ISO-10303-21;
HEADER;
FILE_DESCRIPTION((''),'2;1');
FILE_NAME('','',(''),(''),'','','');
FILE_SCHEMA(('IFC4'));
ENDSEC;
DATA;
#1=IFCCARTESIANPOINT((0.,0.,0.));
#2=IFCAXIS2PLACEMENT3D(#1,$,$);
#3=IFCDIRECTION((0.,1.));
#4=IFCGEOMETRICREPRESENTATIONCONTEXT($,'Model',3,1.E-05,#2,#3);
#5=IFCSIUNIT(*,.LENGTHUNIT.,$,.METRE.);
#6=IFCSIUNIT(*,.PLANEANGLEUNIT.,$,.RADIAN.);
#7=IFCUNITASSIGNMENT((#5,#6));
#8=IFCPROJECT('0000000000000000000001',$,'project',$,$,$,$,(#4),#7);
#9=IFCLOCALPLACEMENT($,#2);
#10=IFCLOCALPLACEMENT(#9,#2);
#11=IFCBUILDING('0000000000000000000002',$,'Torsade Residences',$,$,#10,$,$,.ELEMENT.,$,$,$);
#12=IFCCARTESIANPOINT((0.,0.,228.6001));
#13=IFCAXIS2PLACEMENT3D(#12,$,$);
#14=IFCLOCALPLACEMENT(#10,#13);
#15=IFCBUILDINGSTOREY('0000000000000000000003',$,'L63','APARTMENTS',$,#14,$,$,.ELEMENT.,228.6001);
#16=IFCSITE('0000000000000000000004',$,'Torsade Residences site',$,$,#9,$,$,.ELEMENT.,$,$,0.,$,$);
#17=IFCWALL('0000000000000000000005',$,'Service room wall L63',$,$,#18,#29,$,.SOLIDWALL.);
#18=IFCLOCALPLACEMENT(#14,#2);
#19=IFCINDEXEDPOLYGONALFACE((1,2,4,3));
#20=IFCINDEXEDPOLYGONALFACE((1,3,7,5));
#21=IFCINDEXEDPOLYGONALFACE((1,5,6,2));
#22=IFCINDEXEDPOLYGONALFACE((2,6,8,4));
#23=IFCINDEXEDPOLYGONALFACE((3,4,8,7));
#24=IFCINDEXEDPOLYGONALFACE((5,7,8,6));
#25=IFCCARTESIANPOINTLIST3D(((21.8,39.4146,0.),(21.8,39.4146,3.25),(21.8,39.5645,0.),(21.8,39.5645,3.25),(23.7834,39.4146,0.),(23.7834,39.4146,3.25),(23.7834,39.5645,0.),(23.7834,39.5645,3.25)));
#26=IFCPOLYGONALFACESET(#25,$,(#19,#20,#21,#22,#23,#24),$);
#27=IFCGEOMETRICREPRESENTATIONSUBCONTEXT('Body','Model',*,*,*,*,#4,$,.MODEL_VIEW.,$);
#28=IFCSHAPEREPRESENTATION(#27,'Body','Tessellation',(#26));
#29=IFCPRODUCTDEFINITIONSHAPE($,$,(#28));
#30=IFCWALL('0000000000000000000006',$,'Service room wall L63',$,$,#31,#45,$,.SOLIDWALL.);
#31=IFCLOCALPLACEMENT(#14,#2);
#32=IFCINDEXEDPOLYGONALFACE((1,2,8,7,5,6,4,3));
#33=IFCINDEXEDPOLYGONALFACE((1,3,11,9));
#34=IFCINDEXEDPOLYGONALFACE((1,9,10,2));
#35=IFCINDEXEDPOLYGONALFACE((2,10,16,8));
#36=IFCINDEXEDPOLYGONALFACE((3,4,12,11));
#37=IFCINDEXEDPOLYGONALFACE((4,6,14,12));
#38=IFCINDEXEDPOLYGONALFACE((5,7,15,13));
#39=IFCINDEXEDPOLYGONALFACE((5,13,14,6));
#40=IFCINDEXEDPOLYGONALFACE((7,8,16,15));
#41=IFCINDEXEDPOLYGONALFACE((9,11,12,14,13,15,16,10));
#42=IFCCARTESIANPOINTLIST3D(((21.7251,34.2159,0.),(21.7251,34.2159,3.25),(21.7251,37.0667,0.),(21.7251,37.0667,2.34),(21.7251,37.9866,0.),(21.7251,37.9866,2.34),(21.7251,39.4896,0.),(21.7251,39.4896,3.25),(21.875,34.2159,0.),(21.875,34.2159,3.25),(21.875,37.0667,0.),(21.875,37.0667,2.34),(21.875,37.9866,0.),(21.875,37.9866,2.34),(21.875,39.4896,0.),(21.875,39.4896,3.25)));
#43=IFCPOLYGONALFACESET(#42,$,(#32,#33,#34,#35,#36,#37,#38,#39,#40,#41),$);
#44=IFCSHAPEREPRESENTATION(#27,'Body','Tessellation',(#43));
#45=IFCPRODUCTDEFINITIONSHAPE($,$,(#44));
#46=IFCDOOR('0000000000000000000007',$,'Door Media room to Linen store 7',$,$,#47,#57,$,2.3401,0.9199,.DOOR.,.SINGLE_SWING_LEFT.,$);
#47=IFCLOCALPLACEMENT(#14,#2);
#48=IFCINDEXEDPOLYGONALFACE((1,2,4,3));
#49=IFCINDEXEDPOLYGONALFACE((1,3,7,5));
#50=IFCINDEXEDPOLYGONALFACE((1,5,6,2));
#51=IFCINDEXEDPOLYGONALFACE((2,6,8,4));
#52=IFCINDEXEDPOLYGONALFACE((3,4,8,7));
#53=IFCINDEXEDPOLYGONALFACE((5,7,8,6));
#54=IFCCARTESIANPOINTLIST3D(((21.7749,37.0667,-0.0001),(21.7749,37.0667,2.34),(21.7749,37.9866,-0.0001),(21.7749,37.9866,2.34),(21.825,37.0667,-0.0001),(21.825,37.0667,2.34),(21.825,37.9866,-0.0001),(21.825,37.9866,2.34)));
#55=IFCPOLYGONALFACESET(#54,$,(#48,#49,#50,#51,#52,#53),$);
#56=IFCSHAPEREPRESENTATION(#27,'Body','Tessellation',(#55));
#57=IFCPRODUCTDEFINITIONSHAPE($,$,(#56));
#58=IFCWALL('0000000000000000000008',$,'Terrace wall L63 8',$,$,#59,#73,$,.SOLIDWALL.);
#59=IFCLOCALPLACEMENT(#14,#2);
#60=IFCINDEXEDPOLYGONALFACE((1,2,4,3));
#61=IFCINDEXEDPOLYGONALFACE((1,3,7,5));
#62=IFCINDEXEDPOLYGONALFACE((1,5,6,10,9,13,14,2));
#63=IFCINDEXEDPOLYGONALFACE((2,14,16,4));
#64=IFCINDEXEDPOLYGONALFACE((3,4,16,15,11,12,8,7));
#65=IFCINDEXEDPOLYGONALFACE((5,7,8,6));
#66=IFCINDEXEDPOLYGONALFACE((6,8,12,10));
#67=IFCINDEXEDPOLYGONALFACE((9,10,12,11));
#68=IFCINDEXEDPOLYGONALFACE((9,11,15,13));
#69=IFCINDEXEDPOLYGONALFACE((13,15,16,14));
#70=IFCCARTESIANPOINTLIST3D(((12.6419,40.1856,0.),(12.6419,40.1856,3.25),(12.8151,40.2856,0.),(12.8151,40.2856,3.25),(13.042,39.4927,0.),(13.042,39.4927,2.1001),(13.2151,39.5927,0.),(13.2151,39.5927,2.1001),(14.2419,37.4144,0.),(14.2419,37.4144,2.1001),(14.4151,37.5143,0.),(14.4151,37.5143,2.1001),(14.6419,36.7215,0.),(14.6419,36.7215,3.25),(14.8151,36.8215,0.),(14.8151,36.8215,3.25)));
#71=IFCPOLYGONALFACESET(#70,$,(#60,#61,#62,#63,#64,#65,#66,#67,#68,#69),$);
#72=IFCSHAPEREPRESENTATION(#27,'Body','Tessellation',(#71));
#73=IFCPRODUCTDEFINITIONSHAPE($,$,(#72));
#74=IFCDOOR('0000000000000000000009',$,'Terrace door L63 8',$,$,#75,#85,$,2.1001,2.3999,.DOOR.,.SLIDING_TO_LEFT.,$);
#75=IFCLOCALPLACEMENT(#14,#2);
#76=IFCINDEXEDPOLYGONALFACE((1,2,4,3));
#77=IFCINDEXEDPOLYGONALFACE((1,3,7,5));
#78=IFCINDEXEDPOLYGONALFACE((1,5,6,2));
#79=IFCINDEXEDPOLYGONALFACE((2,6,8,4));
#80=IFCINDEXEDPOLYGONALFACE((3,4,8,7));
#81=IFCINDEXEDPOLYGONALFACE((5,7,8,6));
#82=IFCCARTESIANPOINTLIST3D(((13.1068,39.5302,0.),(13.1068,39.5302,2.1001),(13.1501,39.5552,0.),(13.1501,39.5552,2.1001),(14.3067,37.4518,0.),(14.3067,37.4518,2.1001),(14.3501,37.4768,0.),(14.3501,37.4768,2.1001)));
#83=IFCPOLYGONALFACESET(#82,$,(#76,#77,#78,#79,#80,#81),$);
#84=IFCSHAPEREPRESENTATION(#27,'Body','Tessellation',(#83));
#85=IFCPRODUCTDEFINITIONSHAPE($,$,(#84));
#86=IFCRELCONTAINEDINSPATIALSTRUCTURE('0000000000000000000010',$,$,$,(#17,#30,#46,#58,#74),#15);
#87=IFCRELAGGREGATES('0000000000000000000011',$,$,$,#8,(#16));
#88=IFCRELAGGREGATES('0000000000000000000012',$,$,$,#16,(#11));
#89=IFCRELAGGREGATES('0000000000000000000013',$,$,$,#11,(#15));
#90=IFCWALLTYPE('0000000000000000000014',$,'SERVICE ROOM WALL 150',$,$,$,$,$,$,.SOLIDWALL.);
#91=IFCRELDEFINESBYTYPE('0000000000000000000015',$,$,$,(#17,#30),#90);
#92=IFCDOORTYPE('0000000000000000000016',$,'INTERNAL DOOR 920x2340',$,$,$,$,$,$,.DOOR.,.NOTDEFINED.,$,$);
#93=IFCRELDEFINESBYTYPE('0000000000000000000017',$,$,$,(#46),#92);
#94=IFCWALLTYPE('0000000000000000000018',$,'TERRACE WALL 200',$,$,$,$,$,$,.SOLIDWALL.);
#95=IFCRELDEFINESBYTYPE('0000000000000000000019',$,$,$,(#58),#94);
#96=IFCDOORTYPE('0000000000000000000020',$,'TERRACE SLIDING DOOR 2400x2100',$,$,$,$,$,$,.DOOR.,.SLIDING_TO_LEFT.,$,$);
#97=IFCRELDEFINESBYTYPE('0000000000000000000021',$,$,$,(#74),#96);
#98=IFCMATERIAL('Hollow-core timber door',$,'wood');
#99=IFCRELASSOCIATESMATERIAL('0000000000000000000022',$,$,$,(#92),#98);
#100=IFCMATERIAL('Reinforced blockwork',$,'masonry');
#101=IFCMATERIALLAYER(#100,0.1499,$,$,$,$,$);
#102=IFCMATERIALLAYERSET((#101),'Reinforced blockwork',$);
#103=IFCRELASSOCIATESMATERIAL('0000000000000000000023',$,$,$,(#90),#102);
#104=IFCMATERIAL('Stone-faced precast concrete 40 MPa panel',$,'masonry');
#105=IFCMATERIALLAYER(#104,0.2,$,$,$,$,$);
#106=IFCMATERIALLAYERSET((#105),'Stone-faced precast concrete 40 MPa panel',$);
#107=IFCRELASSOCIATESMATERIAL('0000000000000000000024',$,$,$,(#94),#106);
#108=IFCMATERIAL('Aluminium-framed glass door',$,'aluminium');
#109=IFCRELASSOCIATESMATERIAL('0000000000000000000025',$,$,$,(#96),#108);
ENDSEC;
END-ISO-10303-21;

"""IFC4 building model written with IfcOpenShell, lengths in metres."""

from ifc_helpers import new_model, si_unit, direction, frame, frame_2d, origin, place, context, subcontext, project, spatial, rectangle, extrude, material, layer, layer_set, type_object, element, fill, save


model = new_model("IFC4")

# Units and contexts
model_context = context("Model", 3, precision=1e-05, world=origin(), true_north=direction((0.0, 1.0)))
body_context = subcontext(model_context, "Body", "Model", "MODEL_VIEW")
ifc_project = project(units=[si_unit("LENGTHUNIT", "METRE"), si_unit("PLANEANGLEUNIT", "RADIAN")], contexts=[model_context])

# Site, building, storey
site_placement = place(None, origin())
site = spatial("IfcSite", under=ifc_project, at=site_placement, Name="Torsade Residences site", CompositionType="ELEMENT", RefElevation=0.0)
building_placement = place(site_placement, origin())
building = spatial("IfcBuilding", under=site, at=building_placement, Name="Torsade Residences", CompositionType="ELEMENT")
storey_placement = place(building_placement, frame((0.0, 0.0, 228.6001)))
storey = spatial("IfcBuildingStorey", under=building, at=storey_placement, Name="L63", Description="APARTMENTS", CompositionType="ELEMENT", Elevation=228.6001)

# Shared definitions
ifc_material_1 = material(Name="Hollow-core timber door", Category="wood")
door_type_1 = type_object("IfcDoorType", Name="INTERNAL DOOR 920x2340", OperationType="NOTDEFINED", PredefinedType="DOOR", material=ifc_material_1)

# Wall
ifc_material_2 = material(Name="Reinforced blockwork", Category="masonry")
ifc_layer_1 = layer(ifc_material_2, 0.1499)
ifc_layer_set_1 = layer_set([ifc_layer_1], Name="Reinforced blockwork")
wall_type_1 = type_object("IfcWallType", Name="SERVICE ROOM WALL 150", PredefinedType="SOLIDWALL", material=ifc_layer_set_1)
wall_1_placement = place(storey_placement, frame((23.7834, 39.4895, 0.0), z_axis=(0.0, 0.0, 1.0), x_axis=(-1.0, 0.0, 0.0)))
element("IfcWall", 1, at=wall_1_placement, inside=storey, type_object=wall_type_1, Name="Service room wall L63", PredefinedType="SOLIDWALL", context=body_context, shape_type="SweptSolid", body=[
    extrude(rectangle(XDim=1.9834, YDim=0.1499, at=frame_2d((0.9917, 0.0))), origin(), (0.0, 0.0, 1.0), 3.25),
])

# Walls, openings, doors
wall_2_placement = place(storey_placement, frame((21.8, 39.4895, 0.0), z_axis=(0.0, 0.0, 1.0), x_axis=(0.0, -1.0, 0.0)))
wall_2 = element("IfcWall", 2, at=wall_2_placement, inside=storey, type_object=wall_type_1, Name="Service room wall L63", PredefinedType="SOLIDWALL", context=body_context, shape_type="SweptSolid", body=[
    extrude(rectangle(XDim=5.2737, YDim=0.1499, at=frame_2d((2.6367, 0.0))), origin(), (0.0, 0.0, 1.0), 3.25),
])
opening_1_placement = place(wall_2_placement, frame((1.5029, 0.0, 0.0)))
opening_1 = element("IfcOpeningElement", 3, at=opening_1_placement, cuts=wall_2, PredefinedType="OPENING", context=body_context, shape_type="SweptSolid", body=[
    extrude(rectangle(XDim=0.9199, YDim=2.3401, at=frame_2d((0.46, 1.1699))), frame((0.0, 0.085, 0.0), z_axis=(0.0, -1.0, 0.0), x_axis=(1.0, 0.0, 0.0)), (0.0, 0.0, 1.0), 0.1699),
])
door_1_placement = place(opening_1_placement, origin())
door_1 = element("IfcDoor", 4, at=door_1_placement, inside=storey, type_object=door_type_1, Name="Door Media room to Linen store 7", OperationType="SINGLE_SWING_LEFT", OverallHeight=2.3401, OverallWidth=0.9199, PredefinedType="DOOR", context=body_context, shape_type="SweptSolid", body=[
    extrude(rectangle(XDim=0.9199, YDim=2.3401, at=frame_2d((0.46, 1.1699))), frame((0.0, 0.0249, 0.0), z_axis=(0.0, -1.0, 0.0), x_axis=(1.0, 0.0, 0.0)), (0.0, 0.0, 1.0), 0.05),
])
fill(opening_1, door_1)
ifc_material_3 = material(Name="Stone-faced precast concrete 40 MPa panel", Category="masonry")
ifc_layer_2 = layer(ifc_material_3, 0.2)
ifc_layer_set_2 = layer_set([ifc_layer_2], Name="Stone-faced precast concrete 40 MPa panel")
wall_type_2 = type_object("IfcWallType", Name="TERRACE WALL 200", PredefinedType="SOLIDWALL", material=ifc_layer_set_2)
wall_3_placement = place(storey_placement, frame((12.7285, 40.2356, 0.0), z_axis=(0.0, 0.0, 1.0), x_axis=(0.499999, -0.866026, 0.0)))
wall_3 = element("IfcWall", 5, at=wall_3_placement, inside=storey, type_object=wall_type_2, Name="Terrace wall L63 8", PredefinedType="SOLIDWALL", context=body_context, shape_type="SweptSolid", body=[
    extrude(rectangle(XDim=4.0, YDim=0.2, at=frame_2d((2.0, 0.0))), origin(), (0.0, 0.0, 1.0), 3.25),
])
opening_2_placement = place(wall_3_placement, frame((0.8, 0.0, 0.0)))
opening_2 = element("IfcOpeningElement", 6, at=opening_2_placement, cuts=wall_3, PredefinedType="OPENING", context=body_context, shape_type="SweptSolid", body=[
    extrude(rectangle(XDim=2.3999, YDim=2.1001, at=frame_2d((1.2, 1.05))), frame((0.0, 0.1099, 0.0), z_axis=(0.0, -1.0, 0.0), x_axis=(1.0, 0.0, 0.0)), (0.0, 0.0, 1.0), 0.22),
])
ifc_material_4 = material(Name="Aluminium-framed glass door", Category="aluminium")
door_type_2 = type_object("IfcDoorType", Name="TERRACE SLIDING DOOR 2400x2100", OperationType="SLIDING_TO_LEFT", PredefinedType="DOOR", material=ifc_material_4)
door_2_placement = place(opening_2_placement, origin())
door_2 = element("IfcDoor", 7, at=door_2_placement, inside=storey, type_object=door_type_2, Name="Terrace door L63 8", OperationType="SLIDING_TO_LEFT", OverallHeight=2.1001, OverallWidth=2.3999, PredefinedType="DOOR", context=body_context, shape_type="SweptSolid", body=[
    extrude(rectangle(XDim=2.3999, YDim=2.1001, at=frame_2d((1.2, 1.05))), frame((0.0, 0.0249, 0.0), z_axis=(0.0, -1.0, 0.0), x_axis=(1.0, 0.0, 0.0)), (0.0, 0.0, 1.0), 0.05),
])
fill(opening_2, door_2)

save(model, "model.ifc")
